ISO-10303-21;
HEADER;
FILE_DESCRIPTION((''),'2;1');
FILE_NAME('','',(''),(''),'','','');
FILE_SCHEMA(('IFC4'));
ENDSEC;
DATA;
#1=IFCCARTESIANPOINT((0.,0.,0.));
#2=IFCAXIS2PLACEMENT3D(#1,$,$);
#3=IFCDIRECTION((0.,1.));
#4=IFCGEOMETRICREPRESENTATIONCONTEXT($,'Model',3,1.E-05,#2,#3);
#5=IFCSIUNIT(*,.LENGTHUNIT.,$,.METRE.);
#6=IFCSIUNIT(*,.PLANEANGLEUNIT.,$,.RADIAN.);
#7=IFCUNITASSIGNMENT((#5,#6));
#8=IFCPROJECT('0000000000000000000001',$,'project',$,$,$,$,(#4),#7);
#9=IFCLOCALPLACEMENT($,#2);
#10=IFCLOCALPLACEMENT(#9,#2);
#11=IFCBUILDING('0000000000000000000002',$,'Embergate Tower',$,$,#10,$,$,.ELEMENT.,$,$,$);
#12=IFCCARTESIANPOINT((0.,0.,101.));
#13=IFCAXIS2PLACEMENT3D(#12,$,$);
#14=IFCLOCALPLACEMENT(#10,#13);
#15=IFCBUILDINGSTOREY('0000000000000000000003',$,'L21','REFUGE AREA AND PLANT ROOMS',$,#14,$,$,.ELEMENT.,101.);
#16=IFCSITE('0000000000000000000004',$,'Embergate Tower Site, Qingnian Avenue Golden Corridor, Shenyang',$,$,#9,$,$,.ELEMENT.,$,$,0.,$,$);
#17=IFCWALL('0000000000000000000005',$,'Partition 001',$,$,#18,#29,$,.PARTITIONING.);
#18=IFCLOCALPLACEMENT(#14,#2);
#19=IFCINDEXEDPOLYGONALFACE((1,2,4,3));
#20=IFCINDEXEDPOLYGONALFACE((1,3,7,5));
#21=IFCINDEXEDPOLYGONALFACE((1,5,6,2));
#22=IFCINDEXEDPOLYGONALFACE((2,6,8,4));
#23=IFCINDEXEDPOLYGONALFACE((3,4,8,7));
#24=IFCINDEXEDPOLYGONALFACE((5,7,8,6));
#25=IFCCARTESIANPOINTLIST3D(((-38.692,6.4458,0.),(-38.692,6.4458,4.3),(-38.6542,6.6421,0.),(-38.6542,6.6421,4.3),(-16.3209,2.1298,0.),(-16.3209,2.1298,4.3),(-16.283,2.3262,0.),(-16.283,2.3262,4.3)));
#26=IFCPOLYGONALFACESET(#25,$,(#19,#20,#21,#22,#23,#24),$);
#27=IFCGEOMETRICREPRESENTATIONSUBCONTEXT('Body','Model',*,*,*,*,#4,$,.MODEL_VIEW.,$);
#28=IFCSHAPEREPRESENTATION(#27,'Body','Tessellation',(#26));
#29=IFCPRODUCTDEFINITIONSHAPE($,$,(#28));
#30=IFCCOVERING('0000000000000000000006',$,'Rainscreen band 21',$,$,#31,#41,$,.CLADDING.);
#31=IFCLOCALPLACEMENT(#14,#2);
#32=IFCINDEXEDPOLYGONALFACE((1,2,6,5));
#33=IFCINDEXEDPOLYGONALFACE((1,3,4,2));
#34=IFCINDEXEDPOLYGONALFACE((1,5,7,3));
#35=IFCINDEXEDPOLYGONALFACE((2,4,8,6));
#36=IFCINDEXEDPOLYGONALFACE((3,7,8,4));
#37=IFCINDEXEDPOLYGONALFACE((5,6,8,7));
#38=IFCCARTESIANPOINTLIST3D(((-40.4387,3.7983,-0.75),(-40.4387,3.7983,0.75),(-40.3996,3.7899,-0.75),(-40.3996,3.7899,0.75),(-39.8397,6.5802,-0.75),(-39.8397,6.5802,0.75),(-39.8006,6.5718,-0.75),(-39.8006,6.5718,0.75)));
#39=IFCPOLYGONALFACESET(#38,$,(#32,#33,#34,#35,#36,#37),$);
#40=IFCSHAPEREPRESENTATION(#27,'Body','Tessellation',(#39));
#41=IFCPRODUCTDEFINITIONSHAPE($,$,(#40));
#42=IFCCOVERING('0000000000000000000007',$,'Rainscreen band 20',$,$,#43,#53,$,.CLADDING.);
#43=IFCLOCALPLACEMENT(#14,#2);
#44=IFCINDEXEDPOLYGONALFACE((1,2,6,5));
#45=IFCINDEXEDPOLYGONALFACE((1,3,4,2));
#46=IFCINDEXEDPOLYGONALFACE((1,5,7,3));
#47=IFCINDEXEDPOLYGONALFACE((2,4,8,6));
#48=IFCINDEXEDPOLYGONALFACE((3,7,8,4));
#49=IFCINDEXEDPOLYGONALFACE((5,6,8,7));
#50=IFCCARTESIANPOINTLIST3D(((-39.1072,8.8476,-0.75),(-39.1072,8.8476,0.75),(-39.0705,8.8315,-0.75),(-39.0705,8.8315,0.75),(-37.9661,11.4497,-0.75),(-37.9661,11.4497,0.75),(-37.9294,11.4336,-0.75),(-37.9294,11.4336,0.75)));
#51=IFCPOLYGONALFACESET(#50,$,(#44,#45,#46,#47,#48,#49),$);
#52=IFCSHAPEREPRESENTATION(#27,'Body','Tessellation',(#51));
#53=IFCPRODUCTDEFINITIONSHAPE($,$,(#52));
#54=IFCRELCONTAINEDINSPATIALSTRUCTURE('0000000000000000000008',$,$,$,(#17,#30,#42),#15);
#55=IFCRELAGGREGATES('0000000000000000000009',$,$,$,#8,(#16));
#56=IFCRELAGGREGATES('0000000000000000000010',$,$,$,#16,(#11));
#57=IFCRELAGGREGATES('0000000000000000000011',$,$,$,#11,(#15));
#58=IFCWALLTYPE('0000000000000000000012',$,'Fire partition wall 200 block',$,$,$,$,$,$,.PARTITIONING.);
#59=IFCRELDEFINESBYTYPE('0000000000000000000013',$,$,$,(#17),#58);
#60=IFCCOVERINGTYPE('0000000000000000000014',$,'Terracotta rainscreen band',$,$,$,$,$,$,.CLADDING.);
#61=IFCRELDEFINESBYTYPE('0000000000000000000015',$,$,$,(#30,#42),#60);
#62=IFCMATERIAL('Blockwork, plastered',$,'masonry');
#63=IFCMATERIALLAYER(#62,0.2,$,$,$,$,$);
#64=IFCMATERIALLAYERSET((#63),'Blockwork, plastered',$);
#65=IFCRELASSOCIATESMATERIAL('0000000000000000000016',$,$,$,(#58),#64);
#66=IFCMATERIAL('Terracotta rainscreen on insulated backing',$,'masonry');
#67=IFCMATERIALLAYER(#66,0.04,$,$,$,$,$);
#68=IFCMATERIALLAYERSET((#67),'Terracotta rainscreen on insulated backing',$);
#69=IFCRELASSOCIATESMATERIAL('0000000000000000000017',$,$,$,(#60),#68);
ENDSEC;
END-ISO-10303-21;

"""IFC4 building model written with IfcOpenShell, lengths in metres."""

from ifc_helpers import new_model, si_unit, direction, frame, frame_2d, origin, origin_2d, place, context, subcontext, project, spatial, rectangle, extrude, source, transform, mapped, material, layer, layer_set, type_object, element, save


model = new_model("IFC4")

# Units and contexts
model_context = context("Model", 3, precision=1e-05, world=origin(), true_north=direction((0.0, 1.0)))
body_context = subcontext(model_context, "Body", "Model", "MODEL_VIEW")
ifc_project = project(units=[si_unit("LENGTHUNIT", "METRE"), si_unit("PLANEANGLEUNIT", "RADIAN")], contexts=[model_context])

# Site, building, storey
site_placement = place(None, origin())
site = spatial("IfcSite", under=ifc_project, at=site_placement, Name="Embergate Tower Site, Qingnian Avenue Golden Corridor, Shenyang", CompositionType="ELEMENT", RefElevation=0.0)
building_placement = place(site_placement, origin())
building = spatial("IfcBuilding", under=site, at=building_placement, Name="Embergate Tower", CompositionType="ELEMENT")
storey_placement = place(building_placement, frame((0.0, 0.0, 101.0)))
storey = spatial("IfcBuildingStorey", under=building, at=storey_placement, Name="L21", Description="REFUGE AREA AND PLANT ROOMS", CompositionType="ELEMENT", Elevation=101.0)

# Wall
ifc_material_1 = material(Name="Blockwork, plastered", Category="masonry")
ifc_layer_1 = layer(ifc_material_1, 0.2)
ifc_layer_set_1 = layer_set([ifc_layer_1], Name="Blockwork, plastered")
wall_type_1 = type_object("IfcWallType", Name="Fire partition wall 200 block", PredefinedType="PARTITIONING", material=ifc_layer_set_1)
shared_shape_1 = source(origin(), body_context, "Body", "SweptSolid", [
    extrude(rectangle(XDim=22.7837, YDim=0.2, at=frame_2d((11.3918, 0.0))), origin(), (0.0, 0.0, 1.0), 4.3),
])
wall_1_placement = place(storey_placement, frame((-38.6731, 6.5439, 0.0), z_axis=(0.0, 0.0, 1.0), x_axis=(0.981894, -0.189431, 0.0)))
element("IfcWall", 1, at=wall_1_placement, inside=storey, type_object=wall_type_1, Name="Partition 001", PredefinedType="PARTITIONING", context=body_context, shape_type="MappedRepresentation", body=[
    mapped(shared_shape_1, transform((0.0, 0.0, 0.0))),
])

# Coverings
ifc_material_2 = material(Name="Terracotta rainscreen on insulated backing", Category="masonry")
ifc_layer_2 = layer(ifc_material_2, 0.04)
ifc_layer_set_2 = layer_set([ifc_layer_2], Name="Terracotta rainscreen on insulated backing")
covering_type = type_object("IfcCoveringType", Name="Terracotta rainscreen band", PredefinedType="CLADDING", material=ifc_layer_set_2)
shared_shape_2 = source(origin(), body_context, "Body", "SweptSolid", [
    extrude(rectangle(XDim=2.8457, YDim=0.04, at=origin_2d()), origin(), (0.0, 0.0, 1.0), 1.5),
])
covering_1_placement = place(storey_placement, frame((-40.1196, 5.1851, -0.75), z_axis=(0.0, 0.0, 1.0), x_axis=(-0.210489, -0.977596, 0.0)))
element("IfcCovering", 2, at=covering_1_placement, inside=storey, type_object=covering_type, Name="Rainscreen band 21", PredefinedType="CLADDING", context=body_context, shape_type="MappedRepresentation", body=[
    mapped(shared_shape_2, transform((0.0, 0.0, 0.0))),
])
shared_shape_3 = source(origin(), body_context, "Body", "SweptSolid", [
    extrude(rectangle(XDim=2.8413, YDim=0.04, at=origin_2d()), origin(), (0.0, 0.0, 1.0), 1.5),
])
covering_2_placement = place(storey_placement, frame((-38.5183, 10.1406, -0.75), z_axis=(0.0, 0.0, 1.0), x_axis=(-0.401595, -0.915818, 0.0)))
element("IfcCovering", 3, at=covering_2_placement, inside=storey, type_object=covering_type, Name="Rainscreen band 20", PredefinedType="CLADDING", context=body_context, shape_type="MappedRepresentation", body=[
    mapped(shared_shape_3, transform((0.0, 0.0, 0.0))),
])

save(model, "model.ifc")
